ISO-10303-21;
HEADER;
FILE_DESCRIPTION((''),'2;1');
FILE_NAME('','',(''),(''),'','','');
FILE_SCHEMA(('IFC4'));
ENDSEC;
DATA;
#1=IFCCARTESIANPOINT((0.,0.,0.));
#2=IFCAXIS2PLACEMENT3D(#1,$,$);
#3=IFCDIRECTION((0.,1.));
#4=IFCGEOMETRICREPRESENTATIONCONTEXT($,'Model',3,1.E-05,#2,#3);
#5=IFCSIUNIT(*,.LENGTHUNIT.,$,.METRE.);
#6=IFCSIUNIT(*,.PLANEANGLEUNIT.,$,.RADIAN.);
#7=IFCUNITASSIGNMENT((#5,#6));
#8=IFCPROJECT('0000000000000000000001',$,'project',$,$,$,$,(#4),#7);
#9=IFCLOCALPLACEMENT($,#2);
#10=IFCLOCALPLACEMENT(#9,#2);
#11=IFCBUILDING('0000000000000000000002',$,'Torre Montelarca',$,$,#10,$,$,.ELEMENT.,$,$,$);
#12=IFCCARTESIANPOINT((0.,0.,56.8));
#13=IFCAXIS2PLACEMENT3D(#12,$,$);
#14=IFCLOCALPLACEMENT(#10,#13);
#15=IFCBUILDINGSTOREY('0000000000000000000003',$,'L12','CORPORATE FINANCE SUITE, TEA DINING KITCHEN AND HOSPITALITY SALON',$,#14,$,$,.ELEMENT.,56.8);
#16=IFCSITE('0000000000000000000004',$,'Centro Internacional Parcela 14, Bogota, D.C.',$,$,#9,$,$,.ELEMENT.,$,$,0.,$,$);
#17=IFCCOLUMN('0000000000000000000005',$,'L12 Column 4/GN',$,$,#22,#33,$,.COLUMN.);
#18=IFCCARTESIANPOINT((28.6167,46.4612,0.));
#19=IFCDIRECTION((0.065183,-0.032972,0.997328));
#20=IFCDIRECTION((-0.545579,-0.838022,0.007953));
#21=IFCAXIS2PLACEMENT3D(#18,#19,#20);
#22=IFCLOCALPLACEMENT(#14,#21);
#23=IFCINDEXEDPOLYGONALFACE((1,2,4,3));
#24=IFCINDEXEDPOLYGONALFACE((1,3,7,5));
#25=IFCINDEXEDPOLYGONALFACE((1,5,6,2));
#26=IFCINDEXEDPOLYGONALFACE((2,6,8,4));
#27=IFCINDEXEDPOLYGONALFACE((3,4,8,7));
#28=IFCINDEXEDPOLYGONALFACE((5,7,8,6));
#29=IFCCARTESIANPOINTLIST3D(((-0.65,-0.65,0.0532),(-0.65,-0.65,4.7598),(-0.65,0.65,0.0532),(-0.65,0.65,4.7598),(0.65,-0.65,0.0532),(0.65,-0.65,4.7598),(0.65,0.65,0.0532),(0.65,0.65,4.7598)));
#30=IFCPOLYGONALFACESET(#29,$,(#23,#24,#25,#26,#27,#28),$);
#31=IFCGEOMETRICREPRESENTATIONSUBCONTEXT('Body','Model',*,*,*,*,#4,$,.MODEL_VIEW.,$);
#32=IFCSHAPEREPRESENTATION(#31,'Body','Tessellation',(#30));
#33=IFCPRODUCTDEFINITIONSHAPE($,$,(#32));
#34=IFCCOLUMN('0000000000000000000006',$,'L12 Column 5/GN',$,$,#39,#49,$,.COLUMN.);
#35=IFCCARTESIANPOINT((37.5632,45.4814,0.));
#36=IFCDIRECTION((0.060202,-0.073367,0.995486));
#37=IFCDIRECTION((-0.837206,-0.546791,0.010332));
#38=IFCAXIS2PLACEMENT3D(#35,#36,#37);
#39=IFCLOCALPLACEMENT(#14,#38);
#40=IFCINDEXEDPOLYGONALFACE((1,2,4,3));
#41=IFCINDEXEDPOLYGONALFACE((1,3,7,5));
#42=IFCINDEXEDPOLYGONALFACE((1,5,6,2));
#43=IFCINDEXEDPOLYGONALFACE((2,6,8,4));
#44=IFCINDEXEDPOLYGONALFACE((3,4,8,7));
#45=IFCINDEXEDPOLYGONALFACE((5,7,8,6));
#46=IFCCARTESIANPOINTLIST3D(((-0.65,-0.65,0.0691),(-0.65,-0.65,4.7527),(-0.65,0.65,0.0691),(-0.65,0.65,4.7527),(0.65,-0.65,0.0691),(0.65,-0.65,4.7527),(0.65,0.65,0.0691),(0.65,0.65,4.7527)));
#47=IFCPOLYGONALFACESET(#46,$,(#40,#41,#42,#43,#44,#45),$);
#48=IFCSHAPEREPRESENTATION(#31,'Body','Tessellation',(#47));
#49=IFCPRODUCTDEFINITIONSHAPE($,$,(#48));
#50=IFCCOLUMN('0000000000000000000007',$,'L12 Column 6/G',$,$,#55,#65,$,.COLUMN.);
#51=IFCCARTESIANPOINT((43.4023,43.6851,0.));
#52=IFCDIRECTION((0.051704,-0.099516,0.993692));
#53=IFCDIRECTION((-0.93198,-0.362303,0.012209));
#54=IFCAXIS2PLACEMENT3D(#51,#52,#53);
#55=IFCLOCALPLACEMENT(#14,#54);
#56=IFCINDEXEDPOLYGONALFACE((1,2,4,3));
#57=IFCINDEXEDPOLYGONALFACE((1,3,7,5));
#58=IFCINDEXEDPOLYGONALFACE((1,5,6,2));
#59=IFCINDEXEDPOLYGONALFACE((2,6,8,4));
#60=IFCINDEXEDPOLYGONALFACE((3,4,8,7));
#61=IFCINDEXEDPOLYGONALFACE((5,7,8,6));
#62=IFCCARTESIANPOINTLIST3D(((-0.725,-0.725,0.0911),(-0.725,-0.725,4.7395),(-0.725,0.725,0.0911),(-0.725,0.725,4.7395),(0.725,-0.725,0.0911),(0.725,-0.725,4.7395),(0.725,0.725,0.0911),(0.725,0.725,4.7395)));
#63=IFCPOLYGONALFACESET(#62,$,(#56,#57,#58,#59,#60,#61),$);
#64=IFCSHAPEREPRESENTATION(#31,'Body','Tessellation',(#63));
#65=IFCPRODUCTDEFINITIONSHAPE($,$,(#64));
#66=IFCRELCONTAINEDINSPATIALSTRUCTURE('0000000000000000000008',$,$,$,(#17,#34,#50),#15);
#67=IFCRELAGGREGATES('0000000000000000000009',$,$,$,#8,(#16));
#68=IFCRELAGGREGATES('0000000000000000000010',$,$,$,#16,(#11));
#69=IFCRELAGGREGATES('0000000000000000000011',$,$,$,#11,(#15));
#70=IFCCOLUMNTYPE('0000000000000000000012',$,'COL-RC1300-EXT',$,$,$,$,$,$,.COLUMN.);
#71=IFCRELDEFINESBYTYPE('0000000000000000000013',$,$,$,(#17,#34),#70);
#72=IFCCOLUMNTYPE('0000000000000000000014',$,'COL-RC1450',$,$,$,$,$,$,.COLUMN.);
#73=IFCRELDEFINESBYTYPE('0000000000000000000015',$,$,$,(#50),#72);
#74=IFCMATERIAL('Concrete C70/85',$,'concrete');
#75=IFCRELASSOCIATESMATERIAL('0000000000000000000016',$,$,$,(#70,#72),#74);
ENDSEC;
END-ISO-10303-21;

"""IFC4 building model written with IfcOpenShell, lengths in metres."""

from ifc_helpers import new_model, si_unit, direction, frame, origin, origin_2d, place, context, subcontext, project, spatial, rectangle, extrude, clip, halfspace, material, material_profile, profile_set, type_object, element, save


model = new_model("IFC4")

# Units and contexts
model_context = context("Model", 3, precision=1e-05, world=origin(), true_north=direction((0.0, 1.0)))
body_context = subcontext(model_context, "Body", "Model", "MODEL_VIEW")
ifc_project = project(units=[si_unit("LENGTHUNIT", "METRE"), si_unit("PLANEANGLEUNIT", "RADIAN")], contexts=[model_context])

# Site, building, storey
site_placement = place(None, origin())
site = spatial("IfcSite", under=ifc_project, at=site_placement, Name="Centro Internacional Parcela 14, Bogota, D.C.", CompositionType="ELEMENT", RefElevation=0.0)
building_placement = place(site_placement, origin())
building = spatial("IfcBuilding", under=site, at=building_placement, Name="Torre Montelarca", CompositionType="ELEMENT")
storey_placement = place(building_placement, frame((0.0, 0.0, 56.8)))
storey = spatial("IfcBuildingStorey", under=building, at=storey_placement, Name="L12", Description="CORPORATE FINANCE SUITE, TEA DINING KITCHEN AND HOSPITALITY SALON", CompositionType="ELEMENT", Elevation=56.8)

# Columns
ifc_material_1 = material(Name="Concrete C70/85", Category="concrete")
ifc_material_profile_1 = material_profile(ifc_material_1, rectangle(XDim=1.3, YDim=1.3, at=origin_2d()), Name="RC1300X1300", Category="concrete")
ifc_profile_set_1 = profile_set([ifc_material_profile_1], Name="Concrete C70/85")
column_type_1 = type_object("IfcColumnType", Name="COL-RC1300-EXT", PredefinedType="COLUMN", material=ifc_profile_set_1)
column_1_placement = place(storey_placement, frame((28.6167, 46.4612, 0.0), z_axis=(0.065183, -0.032972, 0.997328), x_axis=(-0.545579, -0.838022, 0.007953)))
element("IfcColumn", 1, at=column_1_placement, inside=storey, type_object=column_type_1, Name="L12 Column 4/GN", PredefinedType="COLUMN", context=body_context, shape_type="Clipping", body=[
    clip(clip(extrude(rectangle(XDim=1.3, YDim=1.3, at=origin_2d()), origin(), (0.0, 0.0, 1.0), 4.813), halfspace(frame((0.0, 0.0, 0.0532), z_axis=(0.0, 0.0, -1.0), x_axis=(1.0, 0.0, 0.0)), False)), halfspace(frame((0.0, 0.0, 4.7598), z_axis=(0.0, 0.0, 1.0), x_axis=(1.0, 0.0, 0.0)), False)),
])
column_2_placement = place(storey_placement, frame((37.5632, 45.4814, 0.0), z_axis=(0.060202, -0.073367, 0.995486), x_axis=(-0.837206, -0.546791, 0.010332)))
element("IfcColumn", 2, at=column_2_placement, inside=storey, type_object=column_type_1, Name="L12 Column 5/GN", PredefinedType="COLUMN", context=body_context, shape_type="Clipping", body=[
    clip(clip(extrude(rectangle(XDim=1.3, YDim=1.3, at=origin_2d()), origin(), (0.0, 0.0, 1.0), 4.8218), halfspace(frame((0.0, 0.0, 0.0691), z_axis=(0.0, 0.0, -1.0), x_axis=(1.0, 0.0, 0.0)), False)), halfspace(frame((0.0, 0.0, 4.7527), z_axis=(0.0, 0.0, 1.0), x_axis=(1.0, 0.0, 0.0)), False)),
])
ifc_material_profile_2 = material_profile(ifc_material_1, rectangle(XDim=1.45, YDim=1.45, at=origin_2d()), Name="RC1450X1450", Category="concrete")
ifc_profile_set_2 = profile_set([ifc_material_profile_2], Name="Concrete C70/85")
column_type_2 = type_object("IfcColumnType", Name="COL-RC1450", PredefinedType="COLUMN", material=ifc_profile_set_2)
column_3_placement = place(storey_placement, frame((43.4023, 43.6851, 0.0), z_axis=(0.051704, -0.099516, 0.993692), x_axis=(-0.93198, -0.362303, 0.012209)))
element("IfcColumn", 3, at=column_3_placement, inside=storey, type_object=column_type_2, Name="L12 Column 6/G", PredefinedType="COLUMN", context=body_context, shape_type="Clipping", body=[
    clip(clip(extrude(rectangle(XDim=1.45, YDim=1.45, at=origin_2d()), origin(), (0.0, 0.0, 1.0), 4.8306), halfspace(frame((0.0, 0.0, 0.0911), z_axis=(0.0, 0.0, -1.0), x_axis=(1.0, 0.0, 0.0)), False)), halfspace(frame((0.0, 0.0, 4.7395), z_axis=(0.0, 0.0, 1.0), x_axis=(1.0, 0.0, 0.0)), False)),
])

save(model, "model.ifc")
